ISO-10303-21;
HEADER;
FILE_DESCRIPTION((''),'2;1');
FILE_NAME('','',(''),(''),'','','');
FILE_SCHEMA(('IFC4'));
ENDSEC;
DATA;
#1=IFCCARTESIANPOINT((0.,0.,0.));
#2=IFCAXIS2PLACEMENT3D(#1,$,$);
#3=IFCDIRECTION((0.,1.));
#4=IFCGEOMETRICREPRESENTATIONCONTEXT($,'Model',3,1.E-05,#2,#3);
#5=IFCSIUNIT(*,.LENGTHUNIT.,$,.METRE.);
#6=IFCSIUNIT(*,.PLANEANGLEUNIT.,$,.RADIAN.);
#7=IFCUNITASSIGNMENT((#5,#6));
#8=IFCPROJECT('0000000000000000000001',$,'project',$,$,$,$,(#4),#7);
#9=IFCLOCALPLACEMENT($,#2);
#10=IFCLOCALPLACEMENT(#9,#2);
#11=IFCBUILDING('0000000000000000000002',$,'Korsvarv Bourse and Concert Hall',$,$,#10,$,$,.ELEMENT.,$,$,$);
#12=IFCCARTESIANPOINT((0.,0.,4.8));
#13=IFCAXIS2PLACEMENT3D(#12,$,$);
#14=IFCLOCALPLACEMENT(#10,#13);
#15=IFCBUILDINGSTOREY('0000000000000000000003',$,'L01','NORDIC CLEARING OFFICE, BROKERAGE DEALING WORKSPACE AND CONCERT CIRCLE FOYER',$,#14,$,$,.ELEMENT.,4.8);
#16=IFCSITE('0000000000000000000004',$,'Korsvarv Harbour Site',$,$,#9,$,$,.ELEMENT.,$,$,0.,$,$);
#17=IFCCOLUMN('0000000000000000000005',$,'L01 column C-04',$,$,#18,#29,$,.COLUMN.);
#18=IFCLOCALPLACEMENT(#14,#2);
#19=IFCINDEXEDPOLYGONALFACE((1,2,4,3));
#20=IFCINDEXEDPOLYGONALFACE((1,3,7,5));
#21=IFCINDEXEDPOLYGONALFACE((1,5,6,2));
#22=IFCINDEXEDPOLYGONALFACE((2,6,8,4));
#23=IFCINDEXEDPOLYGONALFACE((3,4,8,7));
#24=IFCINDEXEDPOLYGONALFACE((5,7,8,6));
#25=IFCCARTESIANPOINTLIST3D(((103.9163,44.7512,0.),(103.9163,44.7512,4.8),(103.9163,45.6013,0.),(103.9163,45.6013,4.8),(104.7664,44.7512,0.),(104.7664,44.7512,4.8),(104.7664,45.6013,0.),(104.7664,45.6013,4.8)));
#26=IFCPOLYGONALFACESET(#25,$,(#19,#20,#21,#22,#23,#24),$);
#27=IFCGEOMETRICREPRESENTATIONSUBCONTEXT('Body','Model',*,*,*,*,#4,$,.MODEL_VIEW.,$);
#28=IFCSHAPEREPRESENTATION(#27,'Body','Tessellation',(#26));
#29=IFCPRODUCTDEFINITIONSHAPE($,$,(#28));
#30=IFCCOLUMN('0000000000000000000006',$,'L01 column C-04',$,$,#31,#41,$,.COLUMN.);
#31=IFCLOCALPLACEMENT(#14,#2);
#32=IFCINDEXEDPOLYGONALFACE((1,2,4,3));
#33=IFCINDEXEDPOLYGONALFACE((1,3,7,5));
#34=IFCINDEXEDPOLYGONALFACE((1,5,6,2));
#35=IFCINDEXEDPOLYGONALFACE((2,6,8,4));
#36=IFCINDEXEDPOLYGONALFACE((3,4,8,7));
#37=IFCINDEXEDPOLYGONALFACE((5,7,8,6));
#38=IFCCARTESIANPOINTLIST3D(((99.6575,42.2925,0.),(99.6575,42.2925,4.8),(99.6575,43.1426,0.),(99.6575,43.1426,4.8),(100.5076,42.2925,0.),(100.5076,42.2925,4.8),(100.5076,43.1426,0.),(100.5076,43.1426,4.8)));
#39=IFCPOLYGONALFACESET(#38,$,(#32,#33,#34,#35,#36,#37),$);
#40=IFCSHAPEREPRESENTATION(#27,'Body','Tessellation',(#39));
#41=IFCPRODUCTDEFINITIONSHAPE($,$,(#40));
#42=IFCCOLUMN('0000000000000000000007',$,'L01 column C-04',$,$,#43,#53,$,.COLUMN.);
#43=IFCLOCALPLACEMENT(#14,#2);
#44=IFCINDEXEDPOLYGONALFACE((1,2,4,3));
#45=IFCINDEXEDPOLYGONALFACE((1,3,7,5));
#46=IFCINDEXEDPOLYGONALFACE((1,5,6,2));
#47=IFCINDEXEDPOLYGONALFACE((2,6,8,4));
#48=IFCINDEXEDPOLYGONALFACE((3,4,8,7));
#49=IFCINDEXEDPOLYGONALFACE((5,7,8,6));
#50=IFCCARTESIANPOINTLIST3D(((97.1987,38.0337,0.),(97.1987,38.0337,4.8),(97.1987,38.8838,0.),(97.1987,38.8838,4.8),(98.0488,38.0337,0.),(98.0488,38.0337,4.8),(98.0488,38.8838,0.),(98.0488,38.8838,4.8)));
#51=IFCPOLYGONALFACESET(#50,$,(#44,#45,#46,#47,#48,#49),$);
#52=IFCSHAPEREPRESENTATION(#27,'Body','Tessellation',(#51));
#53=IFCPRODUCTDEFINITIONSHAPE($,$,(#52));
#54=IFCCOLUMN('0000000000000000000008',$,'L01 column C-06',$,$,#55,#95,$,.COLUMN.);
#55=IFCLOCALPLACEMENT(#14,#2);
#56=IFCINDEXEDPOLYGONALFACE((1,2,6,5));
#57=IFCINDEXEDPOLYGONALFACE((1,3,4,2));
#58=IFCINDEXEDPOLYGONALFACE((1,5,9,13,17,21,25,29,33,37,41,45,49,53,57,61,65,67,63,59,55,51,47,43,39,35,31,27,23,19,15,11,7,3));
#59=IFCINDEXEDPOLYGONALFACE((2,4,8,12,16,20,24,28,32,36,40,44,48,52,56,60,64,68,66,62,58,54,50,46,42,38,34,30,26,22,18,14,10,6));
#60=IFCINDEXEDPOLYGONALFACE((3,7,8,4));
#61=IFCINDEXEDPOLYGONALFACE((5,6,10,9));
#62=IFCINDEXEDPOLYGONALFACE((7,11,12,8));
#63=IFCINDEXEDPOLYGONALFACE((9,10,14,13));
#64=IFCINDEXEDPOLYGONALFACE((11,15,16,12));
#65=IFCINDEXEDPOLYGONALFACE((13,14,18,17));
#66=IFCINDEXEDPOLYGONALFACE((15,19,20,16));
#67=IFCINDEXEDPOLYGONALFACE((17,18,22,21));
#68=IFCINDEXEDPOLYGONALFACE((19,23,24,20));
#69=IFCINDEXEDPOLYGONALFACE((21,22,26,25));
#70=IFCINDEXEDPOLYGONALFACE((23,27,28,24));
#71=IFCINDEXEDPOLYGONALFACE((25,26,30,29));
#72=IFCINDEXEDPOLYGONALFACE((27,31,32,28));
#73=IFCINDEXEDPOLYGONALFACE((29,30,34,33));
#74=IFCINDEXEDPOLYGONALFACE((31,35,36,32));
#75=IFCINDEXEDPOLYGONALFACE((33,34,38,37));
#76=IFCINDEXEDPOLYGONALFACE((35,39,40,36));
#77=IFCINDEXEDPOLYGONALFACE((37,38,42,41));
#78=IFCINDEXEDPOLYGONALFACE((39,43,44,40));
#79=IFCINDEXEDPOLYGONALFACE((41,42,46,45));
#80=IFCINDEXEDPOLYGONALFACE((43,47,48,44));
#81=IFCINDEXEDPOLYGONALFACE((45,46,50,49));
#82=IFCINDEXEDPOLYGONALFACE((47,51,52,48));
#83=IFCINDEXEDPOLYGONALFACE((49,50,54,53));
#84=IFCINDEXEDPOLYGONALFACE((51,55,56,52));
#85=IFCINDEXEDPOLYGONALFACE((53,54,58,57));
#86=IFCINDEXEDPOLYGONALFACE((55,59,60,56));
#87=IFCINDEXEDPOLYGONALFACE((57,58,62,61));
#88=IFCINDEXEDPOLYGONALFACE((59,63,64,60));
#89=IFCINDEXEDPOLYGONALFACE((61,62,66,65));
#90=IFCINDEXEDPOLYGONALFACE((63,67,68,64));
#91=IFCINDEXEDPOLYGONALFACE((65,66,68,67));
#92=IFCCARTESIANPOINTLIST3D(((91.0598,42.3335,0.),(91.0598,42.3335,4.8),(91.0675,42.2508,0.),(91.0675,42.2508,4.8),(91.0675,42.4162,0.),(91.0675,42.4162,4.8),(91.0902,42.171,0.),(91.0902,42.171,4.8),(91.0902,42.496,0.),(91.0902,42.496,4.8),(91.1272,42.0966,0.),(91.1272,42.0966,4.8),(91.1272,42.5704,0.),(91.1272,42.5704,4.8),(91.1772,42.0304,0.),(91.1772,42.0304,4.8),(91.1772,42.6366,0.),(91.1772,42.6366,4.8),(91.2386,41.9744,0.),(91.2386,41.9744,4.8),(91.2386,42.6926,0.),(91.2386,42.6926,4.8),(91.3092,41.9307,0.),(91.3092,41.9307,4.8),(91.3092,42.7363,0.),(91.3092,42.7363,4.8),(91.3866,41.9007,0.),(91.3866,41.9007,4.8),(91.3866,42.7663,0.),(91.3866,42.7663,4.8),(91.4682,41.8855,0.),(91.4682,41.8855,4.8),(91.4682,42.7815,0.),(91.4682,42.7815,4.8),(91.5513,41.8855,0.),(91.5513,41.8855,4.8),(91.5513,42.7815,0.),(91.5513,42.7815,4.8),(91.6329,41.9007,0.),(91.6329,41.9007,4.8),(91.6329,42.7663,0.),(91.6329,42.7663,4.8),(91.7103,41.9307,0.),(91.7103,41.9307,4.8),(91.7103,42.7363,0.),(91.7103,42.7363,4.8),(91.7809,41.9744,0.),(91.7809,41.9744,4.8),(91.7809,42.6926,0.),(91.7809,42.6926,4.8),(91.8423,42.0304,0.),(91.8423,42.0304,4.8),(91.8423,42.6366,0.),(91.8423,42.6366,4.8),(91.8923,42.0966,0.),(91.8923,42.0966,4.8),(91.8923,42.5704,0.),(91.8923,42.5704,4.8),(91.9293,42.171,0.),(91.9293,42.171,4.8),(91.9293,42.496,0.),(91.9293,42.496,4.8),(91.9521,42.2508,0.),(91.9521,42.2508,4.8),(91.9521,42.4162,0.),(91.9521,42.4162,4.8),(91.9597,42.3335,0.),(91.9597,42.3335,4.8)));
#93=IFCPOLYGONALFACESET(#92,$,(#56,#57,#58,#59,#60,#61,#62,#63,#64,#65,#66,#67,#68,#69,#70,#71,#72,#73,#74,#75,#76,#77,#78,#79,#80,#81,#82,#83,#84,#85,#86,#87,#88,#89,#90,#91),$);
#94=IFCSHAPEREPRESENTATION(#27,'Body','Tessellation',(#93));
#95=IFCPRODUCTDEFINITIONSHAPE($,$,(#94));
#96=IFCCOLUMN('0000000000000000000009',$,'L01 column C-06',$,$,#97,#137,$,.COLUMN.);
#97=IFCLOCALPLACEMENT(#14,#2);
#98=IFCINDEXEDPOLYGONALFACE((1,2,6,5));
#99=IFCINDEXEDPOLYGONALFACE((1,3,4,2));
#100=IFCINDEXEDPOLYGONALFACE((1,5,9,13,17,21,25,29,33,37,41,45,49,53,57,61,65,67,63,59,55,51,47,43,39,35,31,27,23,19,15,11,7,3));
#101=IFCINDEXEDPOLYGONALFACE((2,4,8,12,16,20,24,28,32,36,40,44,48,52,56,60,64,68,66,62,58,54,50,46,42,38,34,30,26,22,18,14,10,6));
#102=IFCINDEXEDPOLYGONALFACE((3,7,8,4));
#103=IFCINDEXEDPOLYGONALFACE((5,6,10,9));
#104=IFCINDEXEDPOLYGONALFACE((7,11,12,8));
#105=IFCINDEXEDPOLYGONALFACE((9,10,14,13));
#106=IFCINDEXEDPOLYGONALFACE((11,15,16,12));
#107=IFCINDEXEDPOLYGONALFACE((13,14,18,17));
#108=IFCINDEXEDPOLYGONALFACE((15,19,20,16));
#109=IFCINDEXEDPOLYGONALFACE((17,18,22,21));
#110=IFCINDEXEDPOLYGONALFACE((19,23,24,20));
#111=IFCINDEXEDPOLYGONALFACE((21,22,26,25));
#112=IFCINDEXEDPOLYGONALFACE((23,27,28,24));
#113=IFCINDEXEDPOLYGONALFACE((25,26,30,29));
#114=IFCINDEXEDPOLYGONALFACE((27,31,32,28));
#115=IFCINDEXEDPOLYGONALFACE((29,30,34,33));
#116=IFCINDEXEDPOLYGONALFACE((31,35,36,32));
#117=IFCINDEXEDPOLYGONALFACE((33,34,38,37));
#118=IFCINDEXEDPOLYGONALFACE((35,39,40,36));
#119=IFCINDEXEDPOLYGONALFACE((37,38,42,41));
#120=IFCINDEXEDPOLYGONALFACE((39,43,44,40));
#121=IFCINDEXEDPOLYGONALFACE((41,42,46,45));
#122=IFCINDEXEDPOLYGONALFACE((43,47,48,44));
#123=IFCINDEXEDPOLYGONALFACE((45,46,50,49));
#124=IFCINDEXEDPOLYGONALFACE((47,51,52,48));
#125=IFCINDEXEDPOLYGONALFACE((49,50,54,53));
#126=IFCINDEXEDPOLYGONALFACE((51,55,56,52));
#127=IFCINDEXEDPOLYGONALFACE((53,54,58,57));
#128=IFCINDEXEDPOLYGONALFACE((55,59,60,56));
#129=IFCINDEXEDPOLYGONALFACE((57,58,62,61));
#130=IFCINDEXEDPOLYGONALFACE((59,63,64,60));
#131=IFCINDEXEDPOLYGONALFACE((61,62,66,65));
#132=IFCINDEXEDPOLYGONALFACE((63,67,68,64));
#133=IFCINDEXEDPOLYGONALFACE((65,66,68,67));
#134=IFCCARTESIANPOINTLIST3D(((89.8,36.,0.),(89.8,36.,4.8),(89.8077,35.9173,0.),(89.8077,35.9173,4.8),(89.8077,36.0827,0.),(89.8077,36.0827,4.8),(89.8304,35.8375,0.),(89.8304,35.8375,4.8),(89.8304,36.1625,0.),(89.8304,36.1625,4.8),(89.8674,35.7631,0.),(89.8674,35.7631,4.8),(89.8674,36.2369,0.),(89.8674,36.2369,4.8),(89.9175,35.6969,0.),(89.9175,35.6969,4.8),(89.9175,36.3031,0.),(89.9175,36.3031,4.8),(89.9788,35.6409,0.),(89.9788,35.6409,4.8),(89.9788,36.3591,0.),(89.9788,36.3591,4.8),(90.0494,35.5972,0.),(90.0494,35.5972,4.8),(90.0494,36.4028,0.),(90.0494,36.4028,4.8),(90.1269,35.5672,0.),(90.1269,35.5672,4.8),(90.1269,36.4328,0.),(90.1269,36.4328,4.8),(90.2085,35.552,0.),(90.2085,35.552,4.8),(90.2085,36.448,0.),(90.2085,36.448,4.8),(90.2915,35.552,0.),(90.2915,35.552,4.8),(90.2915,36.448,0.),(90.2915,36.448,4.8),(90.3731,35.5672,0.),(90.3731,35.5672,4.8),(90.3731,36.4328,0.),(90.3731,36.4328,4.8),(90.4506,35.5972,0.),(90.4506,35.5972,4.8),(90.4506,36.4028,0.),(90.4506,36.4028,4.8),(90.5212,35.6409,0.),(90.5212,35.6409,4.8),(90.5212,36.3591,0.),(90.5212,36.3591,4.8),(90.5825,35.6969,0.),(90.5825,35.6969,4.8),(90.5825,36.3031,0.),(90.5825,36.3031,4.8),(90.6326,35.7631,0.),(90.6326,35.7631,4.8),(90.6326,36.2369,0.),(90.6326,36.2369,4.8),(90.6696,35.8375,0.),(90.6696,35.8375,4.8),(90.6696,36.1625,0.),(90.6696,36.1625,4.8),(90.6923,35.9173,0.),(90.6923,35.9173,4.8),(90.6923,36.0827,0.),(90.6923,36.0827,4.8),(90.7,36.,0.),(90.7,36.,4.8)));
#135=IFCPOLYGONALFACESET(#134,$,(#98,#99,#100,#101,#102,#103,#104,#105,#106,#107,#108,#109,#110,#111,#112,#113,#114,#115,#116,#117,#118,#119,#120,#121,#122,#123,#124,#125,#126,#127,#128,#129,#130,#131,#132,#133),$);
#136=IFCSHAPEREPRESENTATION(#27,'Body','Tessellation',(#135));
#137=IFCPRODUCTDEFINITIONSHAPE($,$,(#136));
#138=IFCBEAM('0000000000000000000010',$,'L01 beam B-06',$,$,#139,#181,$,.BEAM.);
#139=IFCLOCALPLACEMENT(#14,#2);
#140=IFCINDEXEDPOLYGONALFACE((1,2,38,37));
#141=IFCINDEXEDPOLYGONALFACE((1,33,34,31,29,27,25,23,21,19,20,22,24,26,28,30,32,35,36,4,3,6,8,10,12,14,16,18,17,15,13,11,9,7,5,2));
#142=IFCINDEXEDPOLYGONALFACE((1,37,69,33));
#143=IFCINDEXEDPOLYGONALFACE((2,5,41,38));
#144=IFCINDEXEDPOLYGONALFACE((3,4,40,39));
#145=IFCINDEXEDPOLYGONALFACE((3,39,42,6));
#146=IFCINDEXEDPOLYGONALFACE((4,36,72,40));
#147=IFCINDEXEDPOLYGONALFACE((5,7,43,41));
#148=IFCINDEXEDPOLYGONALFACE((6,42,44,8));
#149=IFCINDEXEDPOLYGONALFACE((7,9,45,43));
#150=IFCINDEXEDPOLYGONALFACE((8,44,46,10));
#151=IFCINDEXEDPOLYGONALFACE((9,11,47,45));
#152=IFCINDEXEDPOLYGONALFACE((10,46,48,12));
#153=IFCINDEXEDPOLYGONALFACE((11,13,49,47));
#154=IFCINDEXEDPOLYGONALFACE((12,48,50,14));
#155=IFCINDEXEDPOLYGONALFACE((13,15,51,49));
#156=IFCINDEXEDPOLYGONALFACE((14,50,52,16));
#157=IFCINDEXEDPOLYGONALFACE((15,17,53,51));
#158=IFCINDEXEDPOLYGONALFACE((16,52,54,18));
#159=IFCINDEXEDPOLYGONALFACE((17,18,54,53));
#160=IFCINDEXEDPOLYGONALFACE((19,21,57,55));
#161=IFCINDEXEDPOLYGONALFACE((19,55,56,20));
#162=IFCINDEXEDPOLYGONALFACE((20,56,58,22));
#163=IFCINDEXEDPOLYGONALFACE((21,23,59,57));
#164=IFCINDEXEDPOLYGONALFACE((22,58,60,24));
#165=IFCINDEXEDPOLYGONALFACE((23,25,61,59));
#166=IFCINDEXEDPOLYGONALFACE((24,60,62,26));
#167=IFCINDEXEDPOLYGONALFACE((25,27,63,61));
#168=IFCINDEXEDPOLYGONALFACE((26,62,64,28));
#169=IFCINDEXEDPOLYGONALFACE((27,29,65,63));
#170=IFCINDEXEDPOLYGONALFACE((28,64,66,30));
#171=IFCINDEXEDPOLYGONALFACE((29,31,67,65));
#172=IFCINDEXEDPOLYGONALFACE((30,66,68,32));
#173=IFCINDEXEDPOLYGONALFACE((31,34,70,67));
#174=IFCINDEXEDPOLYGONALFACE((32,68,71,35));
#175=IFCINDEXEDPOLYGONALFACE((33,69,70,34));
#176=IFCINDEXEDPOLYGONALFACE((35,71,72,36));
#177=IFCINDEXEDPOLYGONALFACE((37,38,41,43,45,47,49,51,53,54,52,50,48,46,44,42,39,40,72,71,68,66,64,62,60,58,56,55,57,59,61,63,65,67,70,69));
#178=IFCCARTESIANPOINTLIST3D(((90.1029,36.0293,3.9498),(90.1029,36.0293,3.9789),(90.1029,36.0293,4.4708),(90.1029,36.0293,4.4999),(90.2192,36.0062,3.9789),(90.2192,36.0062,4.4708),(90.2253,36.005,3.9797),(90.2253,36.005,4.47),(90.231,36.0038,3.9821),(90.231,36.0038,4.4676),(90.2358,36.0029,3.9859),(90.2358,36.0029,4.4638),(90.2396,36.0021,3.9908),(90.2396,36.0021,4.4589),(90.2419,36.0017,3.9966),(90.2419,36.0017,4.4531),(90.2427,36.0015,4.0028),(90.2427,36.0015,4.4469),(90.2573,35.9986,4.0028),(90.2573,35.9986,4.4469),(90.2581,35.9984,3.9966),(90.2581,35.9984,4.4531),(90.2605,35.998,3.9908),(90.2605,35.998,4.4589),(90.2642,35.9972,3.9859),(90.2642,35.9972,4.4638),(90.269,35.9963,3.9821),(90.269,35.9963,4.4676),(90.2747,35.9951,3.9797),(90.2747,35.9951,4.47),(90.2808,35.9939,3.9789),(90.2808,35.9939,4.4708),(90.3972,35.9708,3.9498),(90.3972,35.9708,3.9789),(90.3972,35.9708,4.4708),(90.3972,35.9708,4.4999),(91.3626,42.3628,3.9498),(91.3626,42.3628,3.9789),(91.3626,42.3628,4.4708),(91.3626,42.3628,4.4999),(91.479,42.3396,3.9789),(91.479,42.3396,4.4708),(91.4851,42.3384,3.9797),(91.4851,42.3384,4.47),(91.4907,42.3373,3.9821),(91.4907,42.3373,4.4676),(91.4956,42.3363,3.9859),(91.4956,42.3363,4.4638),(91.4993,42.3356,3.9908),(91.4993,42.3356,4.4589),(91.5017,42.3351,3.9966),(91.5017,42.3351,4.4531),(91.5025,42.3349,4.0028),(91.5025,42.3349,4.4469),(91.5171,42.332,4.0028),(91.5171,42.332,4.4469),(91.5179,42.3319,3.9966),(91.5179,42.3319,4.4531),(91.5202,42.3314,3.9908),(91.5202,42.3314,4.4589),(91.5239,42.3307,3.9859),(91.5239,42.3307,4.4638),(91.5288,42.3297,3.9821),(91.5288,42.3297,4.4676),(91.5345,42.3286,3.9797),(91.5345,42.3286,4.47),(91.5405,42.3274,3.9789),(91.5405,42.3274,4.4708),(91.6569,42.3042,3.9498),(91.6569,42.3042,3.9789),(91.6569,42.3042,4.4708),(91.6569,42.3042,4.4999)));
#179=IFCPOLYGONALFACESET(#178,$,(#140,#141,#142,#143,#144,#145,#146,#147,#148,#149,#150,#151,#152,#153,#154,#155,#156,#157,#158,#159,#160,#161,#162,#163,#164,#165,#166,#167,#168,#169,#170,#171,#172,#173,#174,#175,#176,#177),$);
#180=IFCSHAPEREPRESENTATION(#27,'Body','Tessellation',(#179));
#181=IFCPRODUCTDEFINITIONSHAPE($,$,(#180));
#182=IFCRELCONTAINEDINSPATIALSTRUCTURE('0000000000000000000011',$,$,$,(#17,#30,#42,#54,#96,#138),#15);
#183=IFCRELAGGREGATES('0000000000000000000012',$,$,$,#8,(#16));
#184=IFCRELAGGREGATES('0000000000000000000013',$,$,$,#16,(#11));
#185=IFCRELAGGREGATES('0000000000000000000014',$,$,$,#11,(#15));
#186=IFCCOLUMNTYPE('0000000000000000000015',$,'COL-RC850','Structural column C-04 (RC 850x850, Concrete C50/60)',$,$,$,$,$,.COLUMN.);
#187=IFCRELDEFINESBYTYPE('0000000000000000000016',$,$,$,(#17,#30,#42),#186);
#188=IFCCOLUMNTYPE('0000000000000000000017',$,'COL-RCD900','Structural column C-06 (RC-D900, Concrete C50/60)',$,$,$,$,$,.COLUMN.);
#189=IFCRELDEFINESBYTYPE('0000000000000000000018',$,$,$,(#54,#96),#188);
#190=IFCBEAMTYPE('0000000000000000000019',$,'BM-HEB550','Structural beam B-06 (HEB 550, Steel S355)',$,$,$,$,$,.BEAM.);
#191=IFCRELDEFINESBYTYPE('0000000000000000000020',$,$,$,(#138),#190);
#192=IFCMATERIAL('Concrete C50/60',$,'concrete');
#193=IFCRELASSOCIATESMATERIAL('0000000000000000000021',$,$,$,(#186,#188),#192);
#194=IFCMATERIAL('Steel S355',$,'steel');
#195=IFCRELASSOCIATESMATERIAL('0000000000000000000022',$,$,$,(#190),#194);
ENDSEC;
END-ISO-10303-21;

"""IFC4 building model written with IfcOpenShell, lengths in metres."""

from ifc_helpers import new_model, si_unit, direction, frame, origin, origin_2d, place, context, subcontext, project, spatial, rectangle, circle, i_section, extrude, source, transform, mapped, material, material_profile, profile_set, type_object, element, save


model = new_model("IFC4")

# Units and contexts
model_context = context("Model", 3, precision=1e-05, world=origin(), true_north=direction((0.0, 1.0)))
body_context = subcontext(model_context, "Body", "Model", "MODEL_VIEW")
ifc_project = project(units=[si_unit("LENGTHUNIT", "METRE"), si_unit("PLANEANGLEUNIT", "RADIAN")], contexts=[model_context])

# Site, building, storey
site_placement = place(None, origin())
site = spatial("IfcSite", under=ifc_project, at=site_placement, Name="Korsvarv Harbour Site", CompositionType="ELEMENT", RefElevation=0.0)
building_placement = place(site_placement, origin())
building = spatial("IfcBuilding", under=site, at=building_placement, Name="Korsvarv Bourse and Concert Hall", CompositionType="ELEMENT")
storey_placement = place(building_placement, frame((0.0, 0.0, 4.8)))
storey = spatial("IfcBuildingStorey", under=building, at=storey_placement, Name="L01", Description="NORDIC CLEARING OFFICE, BROKERAGE DEALING WORKSPACE AND CONCERT CIRCLE FOYER", CompositionType="ELEMENT", Elevation=4.8)

# Columns
ifc_material_1 = material(Name="Concrete C50/60", Category="concrete")
ifc_material_profile_1 = material_profile(ifc_material_1, rectangle(XDim=0.8501, YDim=0.8501, at=origin_2d()), Name="RC 850x850")
ifc_profile_set_1 = profile_set([ifc_material_profile_1], Name="Concrete C50/60")
column_type_1 = type_object("IfcColumnType", Name="COL-RC850", Description="Structural column C-04 (RC 850x850, Concrete C50/60)", PredefinedType="COLUMN", material=ifc_profile_set_1)
shared_shape_1 = source(origin(), body_context, "Body", "SweptSolid", [
    extrude(rectangle(XDim=0.8501, YDim=0.8501, at=origin_2d()), origin(), (0.0, 0.0, 1.0), 4.8),
])
for number, where, z_axis, x_axis, name in (
    (1, (104.3413, 45.1763, 0.0), (0.0, 0.0, 1.0), (1.0, 0.0, 0.0), "L01 column C-04"),
    (2, (100.0825, 42.7175, 0.0), (0.0, 0.0, 1.0), (1.0, 0.0, 0.0), "L01 column C-04"),
    (3, (97.6238, 38.4587, 0.0), (0.0, 0.0, 1.0), (1.0, 0.0, 0.0), "L01 column C-04"),
):
    element("IfcColumn", number, at=place(storey_placement, frame(where, z_axis=z_axis, x_axis=x_axis)), inside=storey, type_object=column_type_1, Name=name, PredefinedType="COLUMN", context=body_context, shape_type="MappedRepresentation", body=[
        mapped(shared_shape_1, transform((0.0, 0.0, 0.0), scale=1.0)),
    ])
ifc_material_profile_2 = material_profile(ifc_material_1, circle(Radius=0.45, at=origin_2d()), Name="RC-D900")
ifc_profile_set_2 = profile_set([ifc_material_profile_2], Name="Concrete C50/60")
column_type_2 = type_object("IfcColumnType", Name="COL-RCD900", Description="Structural column C-06 (RC-D900, Concrete C50/60)", PredefinedType="COLUMN", material=ifc_profile_set_2)
shared_shape_2 = source(origin(), body_context, "Body", "SweptSolid", [
    extrude(circle(Radius=0.45, at=origin_2d()), origin(), (0.0, 0.0, 1.0), 4.8),
])
for number, where, z_axis, x_axis, name in (
    (4, (91.5098, 42.3335, 0.0), (0.0, 0.0, 1.0), (1.0, 0.0, 0.0), "L01 column C-06"),
    (5, (90.25, 36.0, 0.0), (0.0, 0.0, 1.0), (1.0, 0.0, 0.0), "L01 column C-06"),
):
    element("IfcColumn", number, at=place(storey_placement, frame(where, z_axis=z_axis, x_axis=x_axis)), inside=storey, type_object=column_type_2, Name=name, PredefinedType="COLUMN", context=body_context, shape_type="MappedRepresentation", body=[
        mapped(shared_shape_2, transform((0.0, 0.0, 0.0), scale=1.0)),
    ])

# Beam
ifc_material_2 = material(Name="Steel S355", Category="steel")
ifc_material_profile_3 = material_profile(ifc_material_2, i_section(OverallWidth=0.3, OverallDepth=0.55, WebThickness=0.0149, FlangeThickness=0.0291, FilletRadius=0.0239, at=origin_2d()), Name="HEB 550")
ifc_profile_set_3 = profile_set([ifc_material_profile_3], Name="Steel S355")
beam_type_1 = type_object("IfcBeamType", Name="BM-HEB550", Description="Structural beam B-06 (HEB 550, Steel S355)", PredefinedType="BEAM", material=ifc_profile_set_3)
shared_shape_3 = source(origin(), body_context, "Body", "SweptSolid", [
    extrude(i_section(OverallWidth=0.3, OverallDepth=0.55, WebThickness=0.0149, FlangeThickness=0.0291, FilletRadius=0.0239, at=origin_2d()), origin(), (0.0, 0.0, 1.0), 6.4575),
])
for number, where, z_axis, x_axis, name in (
    (6, (91.5098, 42.3335, 4.2249), (-0.195084, -0.980787, 0.0), (0.980787, -0.195084, 0.0), "L01 beam B-06"),
):
    element("IfcBeam", number, at=place(storey_placement, frame(where, z_axis=z_axis, x_axis=x_axis)), inside=storey, type_object=beam_type_1, Name=name, PredefinedType="BEAM", context=body_context, shape_type="MappedRepresentation", body=[
        mapped(shared_shape_3, transform((0.0, 0.0, 0.0), scale=1.0)),
    ])

save(model, "model.ifc")
